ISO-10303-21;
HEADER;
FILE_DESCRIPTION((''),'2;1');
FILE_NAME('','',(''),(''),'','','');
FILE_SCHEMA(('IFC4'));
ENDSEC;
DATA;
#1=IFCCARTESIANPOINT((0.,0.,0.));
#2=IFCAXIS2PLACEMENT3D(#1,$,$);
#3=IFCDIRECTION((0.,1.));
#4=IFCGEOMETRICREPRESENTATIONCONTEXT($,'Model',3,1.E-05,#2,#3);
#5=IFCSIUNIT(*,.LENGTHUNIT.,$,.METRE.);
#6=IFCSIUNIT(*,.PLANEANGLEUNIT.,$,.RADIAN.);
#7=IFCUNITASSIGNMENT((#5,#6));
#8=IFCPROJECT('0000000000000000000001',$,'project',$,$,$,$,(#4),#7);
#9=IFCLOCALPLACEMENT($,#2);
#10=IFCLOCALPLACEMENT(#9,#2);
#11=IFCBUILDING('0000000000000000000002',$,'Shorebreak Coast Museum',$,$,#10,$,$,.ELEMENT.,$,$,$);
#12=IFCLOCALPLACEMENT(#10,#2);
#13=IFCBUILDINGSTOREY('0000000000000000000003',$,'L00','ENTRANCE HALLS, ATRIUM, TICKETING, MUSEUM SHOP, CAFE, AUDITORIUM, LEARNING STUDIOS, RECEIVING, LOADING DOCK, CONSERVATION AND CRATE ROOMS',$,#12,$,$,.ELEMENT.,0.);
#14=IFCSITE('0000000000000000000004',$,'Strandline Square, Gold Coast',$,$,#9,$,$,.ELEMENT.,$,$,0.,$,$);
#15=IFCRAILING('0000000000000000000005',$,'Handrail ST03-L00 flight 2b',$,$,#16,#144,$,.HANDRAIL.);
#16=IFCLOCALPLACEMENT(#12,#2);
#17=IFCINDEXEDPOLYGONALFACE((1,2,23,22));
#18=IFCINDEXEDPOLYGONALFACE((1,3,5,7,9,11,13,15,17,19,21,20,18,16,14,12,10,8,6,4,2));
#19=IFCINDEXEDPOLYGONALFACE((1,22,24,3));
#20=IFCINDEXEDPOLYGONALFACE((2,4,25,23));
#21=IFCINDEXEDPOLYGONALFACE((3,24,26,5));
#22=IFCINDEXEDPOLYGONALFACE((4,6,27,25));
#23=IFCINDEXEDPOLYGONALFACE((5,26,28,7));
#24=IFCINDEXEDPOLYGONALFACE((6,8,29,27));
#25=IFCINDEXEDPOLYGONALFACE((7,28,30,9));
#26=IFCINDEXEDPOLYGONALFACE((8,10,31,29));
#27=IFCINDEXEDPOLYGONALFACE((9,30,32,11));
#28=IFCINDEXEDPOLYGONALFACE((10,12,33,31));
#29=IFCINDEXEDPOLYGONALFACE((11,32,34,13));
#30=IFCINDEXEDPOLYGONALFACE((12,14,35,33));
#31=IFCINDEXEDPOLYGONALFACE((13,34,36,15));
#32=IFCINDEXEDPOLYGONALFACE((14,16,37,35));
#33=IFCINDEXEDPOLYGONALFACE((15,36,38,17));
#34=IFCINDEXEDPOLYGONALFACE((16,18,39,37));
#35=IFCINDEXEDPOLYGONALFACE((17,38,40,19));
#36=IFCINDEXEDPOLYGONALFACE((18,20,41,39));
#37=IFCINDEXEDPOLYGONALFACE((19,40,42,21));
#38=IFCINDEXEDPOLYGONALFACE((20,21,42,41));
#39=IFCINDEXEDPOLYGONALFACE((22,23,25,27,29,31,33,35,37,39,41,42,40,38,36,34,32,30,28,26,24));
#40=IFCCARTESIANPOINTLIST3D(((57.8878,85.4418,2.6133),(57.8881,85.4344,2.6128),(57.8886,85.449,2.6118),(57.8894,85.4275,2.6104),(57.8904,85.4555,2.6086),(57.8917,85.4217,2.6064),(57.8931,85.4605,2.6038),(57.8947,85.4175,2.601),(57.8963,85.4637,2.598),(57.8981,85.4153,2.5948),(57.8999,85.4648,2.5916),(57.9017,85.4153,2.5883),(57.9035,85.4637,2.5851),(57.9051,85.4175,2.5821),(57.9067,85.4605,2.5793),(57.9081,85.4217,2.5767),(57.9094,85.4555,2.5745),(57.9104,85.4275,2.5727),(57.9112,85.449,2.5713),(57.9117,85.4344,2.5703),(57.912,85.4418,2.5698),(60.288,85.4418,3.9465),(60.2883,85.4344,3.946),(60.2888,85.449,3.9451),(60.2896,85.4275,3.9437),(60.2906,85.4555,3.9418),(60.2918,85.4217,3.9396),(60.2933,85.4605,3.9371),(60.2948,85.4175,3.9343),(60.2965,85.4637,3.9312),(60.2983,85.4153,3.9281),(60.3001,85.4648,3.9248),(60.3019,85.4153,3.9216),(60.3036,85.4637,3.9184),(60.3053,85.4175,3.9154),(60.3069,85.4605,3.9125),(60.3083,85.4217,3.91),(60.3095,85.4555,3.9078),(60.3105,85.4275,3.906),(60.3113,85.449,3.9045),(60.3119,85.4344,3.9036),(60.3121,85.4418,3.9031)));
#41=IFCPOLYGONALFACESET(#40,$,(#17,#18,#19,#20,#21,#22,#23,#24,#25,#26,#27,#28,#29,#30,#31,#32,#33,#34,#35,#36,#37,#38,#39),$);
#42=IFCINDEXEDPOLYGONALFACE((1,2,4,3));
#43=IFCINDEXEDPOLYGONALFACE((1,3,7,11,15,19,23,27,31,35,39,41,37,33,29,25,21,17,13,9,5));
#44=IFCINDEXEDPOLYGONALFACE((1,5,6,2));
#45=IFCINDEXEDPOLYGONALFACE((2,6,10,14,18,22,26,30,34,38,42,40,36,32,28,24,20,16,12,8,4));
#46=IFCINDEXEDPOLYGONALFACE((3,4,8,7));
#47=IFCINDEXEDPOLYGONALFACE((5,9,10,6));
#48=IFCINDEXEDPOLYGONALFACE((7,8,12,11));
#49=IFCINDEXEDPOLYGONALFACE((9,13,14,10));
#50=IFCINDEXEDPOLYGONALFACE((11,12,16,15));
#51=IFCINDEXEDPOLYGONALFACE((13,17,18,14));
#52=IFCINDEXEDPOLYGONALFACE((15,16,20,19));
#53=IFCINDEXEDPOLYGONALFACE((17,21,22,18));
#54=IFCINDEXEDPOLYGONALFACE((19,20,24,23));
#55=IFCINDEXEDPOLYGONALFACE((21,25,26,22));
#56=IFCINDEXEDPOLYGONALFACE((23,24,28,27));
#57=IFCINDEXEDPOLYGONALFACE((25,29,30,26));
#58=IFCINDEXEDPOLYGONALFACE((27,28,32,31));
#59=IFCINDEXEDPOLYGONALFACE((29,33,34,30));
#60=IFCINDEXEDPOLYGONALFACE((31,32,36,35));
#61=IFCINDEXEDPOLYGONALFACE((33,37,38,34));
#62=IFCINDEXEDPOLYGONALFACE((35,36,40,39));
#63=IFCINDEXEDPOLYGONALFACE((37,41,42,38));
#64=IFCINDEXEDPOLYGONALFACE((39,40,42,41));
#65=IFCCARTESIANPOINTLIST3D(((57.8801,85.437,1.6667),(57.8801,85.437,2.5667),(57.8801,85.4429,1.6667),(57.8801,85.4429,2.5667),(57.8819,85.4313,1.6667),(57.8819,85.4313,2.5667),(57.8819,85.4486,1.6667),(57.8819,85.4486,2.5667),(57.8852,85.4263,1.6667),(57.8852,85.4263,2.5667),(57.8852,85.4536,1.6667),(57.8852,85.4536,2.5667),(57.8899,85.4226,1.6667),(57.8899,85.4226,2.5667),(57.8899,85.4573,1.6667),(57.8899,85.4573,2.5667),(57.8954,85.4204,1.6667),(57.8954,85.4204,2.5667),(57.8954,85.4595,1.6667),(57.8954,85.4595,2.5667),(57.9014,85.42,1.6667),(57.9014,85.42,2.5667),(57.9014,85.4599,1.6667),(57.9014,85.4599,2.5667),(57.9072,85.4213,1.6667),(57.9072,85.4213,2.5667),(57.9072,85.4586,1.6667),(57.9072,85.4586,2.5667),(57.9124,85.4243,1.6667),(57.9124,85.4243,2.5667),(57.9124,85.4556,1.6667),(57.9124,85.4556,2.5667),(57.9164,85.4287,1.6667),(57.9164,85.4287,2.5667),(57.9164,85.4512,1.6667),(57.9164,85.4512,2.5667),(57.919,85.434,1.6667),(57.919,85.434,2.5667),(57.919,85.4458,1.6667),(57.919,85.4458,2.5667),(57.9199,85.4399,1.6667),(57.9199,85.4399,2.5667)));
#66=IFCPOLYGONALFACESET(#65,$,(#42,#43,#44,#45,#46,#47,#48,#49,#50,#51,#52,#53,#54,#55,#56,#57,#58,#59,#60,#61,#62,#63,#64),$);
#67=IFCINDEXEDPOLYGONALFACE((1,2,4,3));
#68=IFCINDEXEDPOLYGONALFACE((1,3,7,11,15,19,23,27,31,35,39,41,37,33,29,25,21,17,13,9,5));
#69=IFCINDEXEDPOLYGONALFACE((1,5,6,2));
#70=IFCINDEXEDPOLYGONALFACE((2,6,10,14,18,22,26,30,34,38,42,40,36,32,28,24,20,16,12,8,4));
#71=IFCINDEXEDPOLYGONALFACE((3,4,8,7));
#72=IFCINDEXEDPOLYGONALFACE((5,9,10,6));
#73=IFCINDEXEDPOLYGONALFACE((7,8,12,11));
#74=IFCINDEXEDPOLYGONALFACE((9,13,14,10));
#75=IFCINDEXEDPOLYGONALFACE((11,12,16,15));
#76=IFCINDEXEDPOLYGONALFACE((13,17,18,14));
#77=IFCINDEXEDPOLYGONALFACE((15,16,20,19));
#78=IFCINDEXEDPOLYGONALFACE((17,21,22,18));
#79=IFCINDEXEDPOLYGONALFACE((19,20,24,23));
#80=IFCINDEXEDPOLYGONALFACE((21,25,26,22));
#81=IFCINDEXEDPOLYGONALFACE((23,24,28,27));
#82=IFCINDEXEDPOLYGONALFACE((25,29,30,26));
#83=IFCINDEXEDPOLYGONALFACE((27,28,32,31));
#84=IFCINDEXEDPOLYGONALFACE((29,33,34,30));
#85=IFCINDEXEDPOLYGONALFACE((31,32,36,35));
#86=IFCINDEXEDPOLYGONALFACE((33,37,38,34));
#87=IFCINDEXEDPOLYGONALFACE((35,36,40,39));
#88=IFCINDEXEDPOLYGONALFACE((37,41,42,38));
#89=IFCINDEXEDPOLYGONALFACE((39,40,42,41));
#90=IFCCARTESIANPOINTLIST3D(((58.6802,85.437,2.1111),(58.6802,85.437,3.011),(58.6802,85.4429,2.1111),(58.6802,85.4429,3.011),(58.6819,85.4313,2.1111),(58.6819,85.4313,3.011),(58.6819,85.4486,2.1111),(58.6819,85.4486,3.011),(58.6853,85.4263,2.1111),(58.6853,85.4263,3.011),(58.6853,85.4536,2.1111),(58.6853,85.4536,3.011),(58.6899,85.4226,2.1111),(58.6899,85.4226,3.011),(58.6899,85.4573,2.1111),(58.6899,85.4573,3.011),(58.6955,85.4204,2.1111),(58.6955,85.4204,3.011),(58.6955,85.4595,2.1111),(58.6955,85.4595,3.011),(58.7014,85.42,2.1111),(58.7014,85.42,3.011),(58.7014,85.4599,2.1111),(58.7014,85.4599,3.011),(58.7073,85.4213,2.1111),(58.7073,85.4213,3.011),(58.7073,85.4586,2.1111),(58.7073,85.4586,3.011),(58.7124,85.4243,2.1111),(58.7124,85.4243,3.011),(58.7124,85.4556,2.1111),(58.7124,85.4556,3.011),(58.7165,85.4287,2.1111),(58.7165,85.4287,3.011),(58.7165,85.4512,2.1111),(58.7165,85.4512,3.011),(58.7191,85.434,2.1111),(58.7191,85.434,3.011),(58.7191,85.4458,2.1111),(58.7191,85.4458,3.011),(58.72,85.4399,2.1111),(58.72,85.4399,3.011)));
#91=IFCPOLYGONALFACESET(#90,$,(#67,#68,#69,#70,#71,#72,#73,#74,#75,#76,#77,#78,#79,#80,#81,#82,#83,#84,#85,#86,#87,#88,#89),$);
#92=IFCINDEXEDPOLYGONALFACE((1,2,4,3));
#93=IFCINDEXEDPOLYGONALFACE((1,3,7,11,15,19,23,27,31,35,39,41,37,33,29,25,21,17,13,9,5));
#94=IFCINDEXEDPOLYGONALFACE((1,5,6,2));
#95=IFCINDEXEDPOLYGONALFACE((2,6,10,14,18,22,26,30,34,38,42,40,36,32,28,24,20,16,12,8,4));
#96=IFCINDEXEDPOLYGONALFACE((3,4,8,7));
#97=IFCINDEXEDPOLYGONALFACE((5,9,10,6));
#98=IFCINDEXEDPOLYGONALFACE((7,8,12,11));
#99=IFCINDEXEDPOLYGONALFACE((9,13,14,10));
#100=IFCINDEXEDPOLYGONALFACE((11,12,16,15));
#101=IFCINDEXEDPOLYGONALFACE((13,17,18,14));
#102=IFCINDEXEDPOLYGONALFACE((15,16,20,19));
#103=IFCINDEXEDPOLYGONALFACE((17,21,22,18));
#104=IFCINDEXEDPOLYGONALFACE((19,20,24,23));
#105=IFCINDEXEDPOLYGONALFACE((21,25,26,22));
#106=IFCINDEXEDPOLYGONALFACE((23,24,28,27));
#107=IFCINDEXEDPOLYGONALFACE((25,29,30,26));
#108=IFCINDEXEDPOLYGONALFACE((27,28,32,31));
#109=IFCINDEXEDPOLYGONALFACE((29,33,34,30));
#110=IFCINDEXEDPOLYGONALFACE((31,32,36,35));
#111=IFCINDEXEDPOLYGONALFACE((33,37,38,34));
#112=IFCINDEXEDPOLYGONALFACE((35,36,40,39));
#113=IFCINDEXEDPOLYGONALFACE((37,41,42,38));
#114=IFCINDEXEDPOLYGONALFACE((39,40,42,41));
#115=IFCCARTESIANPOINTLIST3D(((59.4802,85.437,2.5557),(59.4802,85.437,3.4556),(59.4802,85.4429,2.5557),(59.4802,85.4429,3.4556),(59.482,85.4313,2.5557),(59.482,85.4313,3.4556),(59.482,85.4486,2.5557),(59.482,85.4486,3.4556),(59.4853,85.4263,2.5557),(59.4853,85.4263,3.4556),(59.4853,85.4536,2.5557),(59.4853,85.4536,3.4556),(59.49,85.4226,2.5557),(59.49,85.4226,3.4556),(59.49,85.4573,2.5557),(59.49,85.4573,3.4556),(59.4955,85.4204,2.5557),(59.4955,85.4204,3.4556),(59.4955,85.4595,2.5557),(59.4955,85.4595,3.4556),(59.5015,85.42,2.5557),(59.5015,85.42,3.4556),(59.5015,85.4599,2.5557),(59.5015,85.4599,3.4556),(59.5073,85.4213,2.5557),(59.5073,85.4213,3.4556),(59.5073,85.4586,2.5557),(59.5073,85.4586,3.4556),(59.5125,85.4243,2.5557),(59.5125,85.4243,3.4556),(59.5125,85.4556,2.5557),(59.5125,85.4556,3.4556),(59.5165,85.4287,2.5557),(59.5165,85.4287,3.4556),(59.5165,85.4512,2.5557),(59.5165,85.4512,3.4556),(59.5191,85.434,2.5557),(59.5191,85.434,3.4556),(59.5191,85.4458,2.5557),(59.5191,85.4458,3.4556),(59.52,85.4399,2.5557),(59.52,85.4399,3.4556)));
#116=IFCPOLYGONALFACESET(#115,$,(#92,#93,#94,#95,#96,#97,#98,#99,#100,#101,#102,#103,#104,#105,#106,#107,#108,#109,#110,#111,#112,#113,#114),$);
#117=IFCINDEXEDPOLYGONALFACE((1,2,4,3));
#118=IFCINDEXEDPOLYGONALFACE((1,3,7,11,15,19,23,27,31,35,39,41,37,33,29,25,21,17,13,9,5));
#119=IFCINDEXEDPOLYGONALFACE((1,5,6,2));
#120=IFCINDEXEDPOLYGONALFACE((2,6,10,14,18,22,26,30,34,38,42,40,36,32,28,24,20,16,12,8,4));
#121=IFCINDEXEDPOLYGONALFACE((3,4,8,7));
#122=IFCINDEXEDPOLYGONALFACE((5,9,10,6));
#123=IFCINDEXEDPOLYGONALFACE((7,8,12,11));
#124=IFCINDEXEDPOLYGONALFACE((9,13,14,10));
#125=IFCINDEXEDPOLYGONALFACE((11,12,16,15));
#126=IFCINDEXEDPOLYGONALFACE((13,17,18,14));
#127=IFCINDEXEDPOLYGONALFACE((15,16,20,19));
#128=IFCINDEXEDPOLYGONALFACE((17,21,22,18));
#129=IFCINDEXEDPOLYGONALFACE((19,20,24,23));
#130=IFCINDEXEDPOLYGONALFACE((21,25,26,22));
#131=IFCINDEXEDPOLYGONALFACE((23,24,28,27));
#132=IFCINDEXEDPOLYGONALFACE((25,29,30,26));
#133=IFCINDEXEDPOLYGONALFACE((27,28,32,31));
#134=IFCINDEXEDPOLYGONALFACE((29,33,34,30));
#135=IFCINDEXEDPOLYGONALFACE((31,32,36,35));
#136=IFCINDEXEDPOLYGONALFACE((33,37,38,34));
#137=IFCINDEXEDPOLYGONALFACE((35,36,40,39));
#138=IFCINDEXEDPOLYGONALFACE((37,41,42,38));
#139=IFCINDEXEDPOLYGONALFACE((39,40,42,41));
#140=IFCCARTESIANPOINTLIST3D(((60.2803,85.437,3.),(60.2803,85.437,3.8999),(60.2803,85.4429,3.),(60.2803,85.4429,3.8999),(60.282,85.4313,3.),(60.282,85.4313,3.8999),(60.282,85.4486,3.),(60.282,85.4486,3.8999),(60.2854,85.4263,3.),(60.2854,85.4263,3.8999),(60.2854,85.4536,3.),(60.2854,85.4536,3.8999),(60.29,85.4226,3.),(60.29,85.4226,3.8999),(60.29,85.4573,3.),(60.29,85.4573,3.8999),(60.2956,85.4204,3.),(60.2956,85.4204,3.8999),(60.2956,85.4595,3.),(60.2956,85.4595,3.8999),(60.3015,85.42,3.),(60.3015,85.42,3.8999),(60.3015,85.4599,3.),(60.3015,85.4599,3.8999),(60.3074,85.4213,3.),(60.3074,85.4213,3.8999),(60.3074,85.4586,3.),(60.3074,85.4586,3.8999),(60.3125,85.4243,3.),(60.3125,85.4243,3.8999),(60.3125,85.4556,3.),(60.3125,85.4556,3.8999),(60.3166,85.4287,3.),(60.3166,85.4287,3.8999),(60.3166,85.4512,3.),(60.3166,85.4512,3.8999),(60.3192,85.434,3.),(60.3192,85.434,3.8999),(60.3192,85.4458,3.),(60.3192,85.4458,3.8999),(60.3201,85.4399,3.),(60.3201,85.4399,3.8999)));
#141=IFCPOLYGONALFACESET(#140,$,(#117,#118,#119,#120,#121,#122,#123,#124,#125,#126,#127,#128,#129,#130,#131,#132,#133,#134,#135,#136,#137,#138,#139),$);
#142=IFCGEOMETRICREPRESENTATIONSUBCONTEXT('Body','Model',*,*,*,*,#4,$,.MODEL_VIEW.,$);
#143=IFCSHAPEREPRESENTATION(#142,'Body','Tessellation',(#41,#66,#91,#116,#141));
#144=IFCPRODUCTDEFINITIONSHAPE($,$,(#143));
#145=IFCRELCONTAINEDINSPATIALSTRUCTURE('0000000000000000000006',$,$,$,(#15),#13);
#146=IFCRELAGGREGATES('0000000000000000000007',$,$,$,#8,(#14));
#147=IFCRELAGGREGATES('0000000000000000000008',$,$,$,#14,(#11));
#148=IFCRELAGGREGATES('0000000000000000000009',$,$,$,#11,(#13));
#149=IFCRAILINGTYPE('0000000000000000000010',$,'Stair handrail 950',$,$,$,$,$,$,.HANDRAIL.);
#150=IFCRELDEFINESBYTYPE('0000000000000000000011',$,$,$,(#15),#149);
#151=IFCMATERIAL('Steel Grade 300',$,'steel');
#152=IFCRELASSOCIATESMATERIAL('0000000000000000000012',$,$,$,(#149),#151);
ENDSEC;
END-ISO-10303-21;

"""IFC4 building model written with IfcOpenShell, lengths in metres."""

from ifc_helpers import new_model, si_unit, direction, frame, origin, origin_2d, place, context, subcontext, project, spatial, circle, extrude, material, type_object, element, save


model = new_model("IFC4")

# Units and contexts
model_context = context("Model", 3, precision=1e-05, world=origin(), true_north=direction((0.0, 1.0)))
body_context = subcontext(model_context, "Body", "Model", "MODEL_VIEW")
ifc_project = project(units=[si_unit("LENGTHUNIT", "METRE"), si_unit("PLANEANGLEUNIT", "RADIAN")], contexts=[model_context])

# Site, building, storey
site_placement = place(None, origin())
site = spatial("IfcSite", under=ifc_project, at=site_placement, Name="Strandline Square, Gold Coast", CompositionType="ELEMENT", RefElevation=0.0)
building_placement = place(site_placement, origin())
building = spatial("IfcBuilding", under=site, at=building_placement, Name="Shorebreak Coast Museum", CompositionType="ELEMENT")
storey_placement = place(building_placement, origin())
storey = spatial("IfcBuildingStorey", under=building, at=storey_placement, Name="L00", Description="ENTRANCE HALLS, ATRIUM, TICKETING, MUSEUM SHOP, CAFE, AUDITORIUM, LEARNING STUDIOS, RECEIVING, LOADING DOCK, CONSERVATION AND CRATE ROOMS", CompositionType="ELEMENT", Elevation=0.0)

# Railing
ifc_material_1 = material(Name="Steel Grade 300", Category="steel")
railing_type_1 = type_object("IfcRailingType", Name="Stair handrail 950", PredefinedType="HANDRAIL", material=ifc_material_1)
for number, where, name in (
    (1, (57.8999, 85.4399, 1.6667), "Handrail ST03-L00 flight 2b"),
):
    element("IfcRailing", number, at=place(storey_placement, frame(where)), inside=storey, type_object=railing_type_1, Name=name, PredefinedType="HANDRAIL", context=body_context, shape_type="SweptSolid", body=[
        extrude(circle(Radius=0.0249, at=origin_2d()), frame((0.0, 0.0, 0.9248), z_axis=(0.874182, 0.0, 0.485598), x_axis=(0.0, 1.0, 0.0)), (0.0, 0.0, 1.0), 2.7456),
        extrude(circle(Radius=0.02, at=origin_2d()), origin(), (0.0, 0.0, 1.0), 0.8999),
        extrude(circle(Radius=0.02, at=origin_2d()), frame((0.8, 0.0, 0.4443)), (0.0, 0.0, 1.0), 0.8999),
        extrude(circle(Radius=0.02, at=origin_2d()), frame((1.6001, 0.0, 0.8889)), (0.0, 0.0, 1.0), 0.8999),
        extrude(circle(Radius=0.02, at=origin_2d()), frame((2.4001, 0.0, 1.3333)), (0.0, 0.0, 1.0), 0.8999),
    ])

save(model, "model.ifc")
